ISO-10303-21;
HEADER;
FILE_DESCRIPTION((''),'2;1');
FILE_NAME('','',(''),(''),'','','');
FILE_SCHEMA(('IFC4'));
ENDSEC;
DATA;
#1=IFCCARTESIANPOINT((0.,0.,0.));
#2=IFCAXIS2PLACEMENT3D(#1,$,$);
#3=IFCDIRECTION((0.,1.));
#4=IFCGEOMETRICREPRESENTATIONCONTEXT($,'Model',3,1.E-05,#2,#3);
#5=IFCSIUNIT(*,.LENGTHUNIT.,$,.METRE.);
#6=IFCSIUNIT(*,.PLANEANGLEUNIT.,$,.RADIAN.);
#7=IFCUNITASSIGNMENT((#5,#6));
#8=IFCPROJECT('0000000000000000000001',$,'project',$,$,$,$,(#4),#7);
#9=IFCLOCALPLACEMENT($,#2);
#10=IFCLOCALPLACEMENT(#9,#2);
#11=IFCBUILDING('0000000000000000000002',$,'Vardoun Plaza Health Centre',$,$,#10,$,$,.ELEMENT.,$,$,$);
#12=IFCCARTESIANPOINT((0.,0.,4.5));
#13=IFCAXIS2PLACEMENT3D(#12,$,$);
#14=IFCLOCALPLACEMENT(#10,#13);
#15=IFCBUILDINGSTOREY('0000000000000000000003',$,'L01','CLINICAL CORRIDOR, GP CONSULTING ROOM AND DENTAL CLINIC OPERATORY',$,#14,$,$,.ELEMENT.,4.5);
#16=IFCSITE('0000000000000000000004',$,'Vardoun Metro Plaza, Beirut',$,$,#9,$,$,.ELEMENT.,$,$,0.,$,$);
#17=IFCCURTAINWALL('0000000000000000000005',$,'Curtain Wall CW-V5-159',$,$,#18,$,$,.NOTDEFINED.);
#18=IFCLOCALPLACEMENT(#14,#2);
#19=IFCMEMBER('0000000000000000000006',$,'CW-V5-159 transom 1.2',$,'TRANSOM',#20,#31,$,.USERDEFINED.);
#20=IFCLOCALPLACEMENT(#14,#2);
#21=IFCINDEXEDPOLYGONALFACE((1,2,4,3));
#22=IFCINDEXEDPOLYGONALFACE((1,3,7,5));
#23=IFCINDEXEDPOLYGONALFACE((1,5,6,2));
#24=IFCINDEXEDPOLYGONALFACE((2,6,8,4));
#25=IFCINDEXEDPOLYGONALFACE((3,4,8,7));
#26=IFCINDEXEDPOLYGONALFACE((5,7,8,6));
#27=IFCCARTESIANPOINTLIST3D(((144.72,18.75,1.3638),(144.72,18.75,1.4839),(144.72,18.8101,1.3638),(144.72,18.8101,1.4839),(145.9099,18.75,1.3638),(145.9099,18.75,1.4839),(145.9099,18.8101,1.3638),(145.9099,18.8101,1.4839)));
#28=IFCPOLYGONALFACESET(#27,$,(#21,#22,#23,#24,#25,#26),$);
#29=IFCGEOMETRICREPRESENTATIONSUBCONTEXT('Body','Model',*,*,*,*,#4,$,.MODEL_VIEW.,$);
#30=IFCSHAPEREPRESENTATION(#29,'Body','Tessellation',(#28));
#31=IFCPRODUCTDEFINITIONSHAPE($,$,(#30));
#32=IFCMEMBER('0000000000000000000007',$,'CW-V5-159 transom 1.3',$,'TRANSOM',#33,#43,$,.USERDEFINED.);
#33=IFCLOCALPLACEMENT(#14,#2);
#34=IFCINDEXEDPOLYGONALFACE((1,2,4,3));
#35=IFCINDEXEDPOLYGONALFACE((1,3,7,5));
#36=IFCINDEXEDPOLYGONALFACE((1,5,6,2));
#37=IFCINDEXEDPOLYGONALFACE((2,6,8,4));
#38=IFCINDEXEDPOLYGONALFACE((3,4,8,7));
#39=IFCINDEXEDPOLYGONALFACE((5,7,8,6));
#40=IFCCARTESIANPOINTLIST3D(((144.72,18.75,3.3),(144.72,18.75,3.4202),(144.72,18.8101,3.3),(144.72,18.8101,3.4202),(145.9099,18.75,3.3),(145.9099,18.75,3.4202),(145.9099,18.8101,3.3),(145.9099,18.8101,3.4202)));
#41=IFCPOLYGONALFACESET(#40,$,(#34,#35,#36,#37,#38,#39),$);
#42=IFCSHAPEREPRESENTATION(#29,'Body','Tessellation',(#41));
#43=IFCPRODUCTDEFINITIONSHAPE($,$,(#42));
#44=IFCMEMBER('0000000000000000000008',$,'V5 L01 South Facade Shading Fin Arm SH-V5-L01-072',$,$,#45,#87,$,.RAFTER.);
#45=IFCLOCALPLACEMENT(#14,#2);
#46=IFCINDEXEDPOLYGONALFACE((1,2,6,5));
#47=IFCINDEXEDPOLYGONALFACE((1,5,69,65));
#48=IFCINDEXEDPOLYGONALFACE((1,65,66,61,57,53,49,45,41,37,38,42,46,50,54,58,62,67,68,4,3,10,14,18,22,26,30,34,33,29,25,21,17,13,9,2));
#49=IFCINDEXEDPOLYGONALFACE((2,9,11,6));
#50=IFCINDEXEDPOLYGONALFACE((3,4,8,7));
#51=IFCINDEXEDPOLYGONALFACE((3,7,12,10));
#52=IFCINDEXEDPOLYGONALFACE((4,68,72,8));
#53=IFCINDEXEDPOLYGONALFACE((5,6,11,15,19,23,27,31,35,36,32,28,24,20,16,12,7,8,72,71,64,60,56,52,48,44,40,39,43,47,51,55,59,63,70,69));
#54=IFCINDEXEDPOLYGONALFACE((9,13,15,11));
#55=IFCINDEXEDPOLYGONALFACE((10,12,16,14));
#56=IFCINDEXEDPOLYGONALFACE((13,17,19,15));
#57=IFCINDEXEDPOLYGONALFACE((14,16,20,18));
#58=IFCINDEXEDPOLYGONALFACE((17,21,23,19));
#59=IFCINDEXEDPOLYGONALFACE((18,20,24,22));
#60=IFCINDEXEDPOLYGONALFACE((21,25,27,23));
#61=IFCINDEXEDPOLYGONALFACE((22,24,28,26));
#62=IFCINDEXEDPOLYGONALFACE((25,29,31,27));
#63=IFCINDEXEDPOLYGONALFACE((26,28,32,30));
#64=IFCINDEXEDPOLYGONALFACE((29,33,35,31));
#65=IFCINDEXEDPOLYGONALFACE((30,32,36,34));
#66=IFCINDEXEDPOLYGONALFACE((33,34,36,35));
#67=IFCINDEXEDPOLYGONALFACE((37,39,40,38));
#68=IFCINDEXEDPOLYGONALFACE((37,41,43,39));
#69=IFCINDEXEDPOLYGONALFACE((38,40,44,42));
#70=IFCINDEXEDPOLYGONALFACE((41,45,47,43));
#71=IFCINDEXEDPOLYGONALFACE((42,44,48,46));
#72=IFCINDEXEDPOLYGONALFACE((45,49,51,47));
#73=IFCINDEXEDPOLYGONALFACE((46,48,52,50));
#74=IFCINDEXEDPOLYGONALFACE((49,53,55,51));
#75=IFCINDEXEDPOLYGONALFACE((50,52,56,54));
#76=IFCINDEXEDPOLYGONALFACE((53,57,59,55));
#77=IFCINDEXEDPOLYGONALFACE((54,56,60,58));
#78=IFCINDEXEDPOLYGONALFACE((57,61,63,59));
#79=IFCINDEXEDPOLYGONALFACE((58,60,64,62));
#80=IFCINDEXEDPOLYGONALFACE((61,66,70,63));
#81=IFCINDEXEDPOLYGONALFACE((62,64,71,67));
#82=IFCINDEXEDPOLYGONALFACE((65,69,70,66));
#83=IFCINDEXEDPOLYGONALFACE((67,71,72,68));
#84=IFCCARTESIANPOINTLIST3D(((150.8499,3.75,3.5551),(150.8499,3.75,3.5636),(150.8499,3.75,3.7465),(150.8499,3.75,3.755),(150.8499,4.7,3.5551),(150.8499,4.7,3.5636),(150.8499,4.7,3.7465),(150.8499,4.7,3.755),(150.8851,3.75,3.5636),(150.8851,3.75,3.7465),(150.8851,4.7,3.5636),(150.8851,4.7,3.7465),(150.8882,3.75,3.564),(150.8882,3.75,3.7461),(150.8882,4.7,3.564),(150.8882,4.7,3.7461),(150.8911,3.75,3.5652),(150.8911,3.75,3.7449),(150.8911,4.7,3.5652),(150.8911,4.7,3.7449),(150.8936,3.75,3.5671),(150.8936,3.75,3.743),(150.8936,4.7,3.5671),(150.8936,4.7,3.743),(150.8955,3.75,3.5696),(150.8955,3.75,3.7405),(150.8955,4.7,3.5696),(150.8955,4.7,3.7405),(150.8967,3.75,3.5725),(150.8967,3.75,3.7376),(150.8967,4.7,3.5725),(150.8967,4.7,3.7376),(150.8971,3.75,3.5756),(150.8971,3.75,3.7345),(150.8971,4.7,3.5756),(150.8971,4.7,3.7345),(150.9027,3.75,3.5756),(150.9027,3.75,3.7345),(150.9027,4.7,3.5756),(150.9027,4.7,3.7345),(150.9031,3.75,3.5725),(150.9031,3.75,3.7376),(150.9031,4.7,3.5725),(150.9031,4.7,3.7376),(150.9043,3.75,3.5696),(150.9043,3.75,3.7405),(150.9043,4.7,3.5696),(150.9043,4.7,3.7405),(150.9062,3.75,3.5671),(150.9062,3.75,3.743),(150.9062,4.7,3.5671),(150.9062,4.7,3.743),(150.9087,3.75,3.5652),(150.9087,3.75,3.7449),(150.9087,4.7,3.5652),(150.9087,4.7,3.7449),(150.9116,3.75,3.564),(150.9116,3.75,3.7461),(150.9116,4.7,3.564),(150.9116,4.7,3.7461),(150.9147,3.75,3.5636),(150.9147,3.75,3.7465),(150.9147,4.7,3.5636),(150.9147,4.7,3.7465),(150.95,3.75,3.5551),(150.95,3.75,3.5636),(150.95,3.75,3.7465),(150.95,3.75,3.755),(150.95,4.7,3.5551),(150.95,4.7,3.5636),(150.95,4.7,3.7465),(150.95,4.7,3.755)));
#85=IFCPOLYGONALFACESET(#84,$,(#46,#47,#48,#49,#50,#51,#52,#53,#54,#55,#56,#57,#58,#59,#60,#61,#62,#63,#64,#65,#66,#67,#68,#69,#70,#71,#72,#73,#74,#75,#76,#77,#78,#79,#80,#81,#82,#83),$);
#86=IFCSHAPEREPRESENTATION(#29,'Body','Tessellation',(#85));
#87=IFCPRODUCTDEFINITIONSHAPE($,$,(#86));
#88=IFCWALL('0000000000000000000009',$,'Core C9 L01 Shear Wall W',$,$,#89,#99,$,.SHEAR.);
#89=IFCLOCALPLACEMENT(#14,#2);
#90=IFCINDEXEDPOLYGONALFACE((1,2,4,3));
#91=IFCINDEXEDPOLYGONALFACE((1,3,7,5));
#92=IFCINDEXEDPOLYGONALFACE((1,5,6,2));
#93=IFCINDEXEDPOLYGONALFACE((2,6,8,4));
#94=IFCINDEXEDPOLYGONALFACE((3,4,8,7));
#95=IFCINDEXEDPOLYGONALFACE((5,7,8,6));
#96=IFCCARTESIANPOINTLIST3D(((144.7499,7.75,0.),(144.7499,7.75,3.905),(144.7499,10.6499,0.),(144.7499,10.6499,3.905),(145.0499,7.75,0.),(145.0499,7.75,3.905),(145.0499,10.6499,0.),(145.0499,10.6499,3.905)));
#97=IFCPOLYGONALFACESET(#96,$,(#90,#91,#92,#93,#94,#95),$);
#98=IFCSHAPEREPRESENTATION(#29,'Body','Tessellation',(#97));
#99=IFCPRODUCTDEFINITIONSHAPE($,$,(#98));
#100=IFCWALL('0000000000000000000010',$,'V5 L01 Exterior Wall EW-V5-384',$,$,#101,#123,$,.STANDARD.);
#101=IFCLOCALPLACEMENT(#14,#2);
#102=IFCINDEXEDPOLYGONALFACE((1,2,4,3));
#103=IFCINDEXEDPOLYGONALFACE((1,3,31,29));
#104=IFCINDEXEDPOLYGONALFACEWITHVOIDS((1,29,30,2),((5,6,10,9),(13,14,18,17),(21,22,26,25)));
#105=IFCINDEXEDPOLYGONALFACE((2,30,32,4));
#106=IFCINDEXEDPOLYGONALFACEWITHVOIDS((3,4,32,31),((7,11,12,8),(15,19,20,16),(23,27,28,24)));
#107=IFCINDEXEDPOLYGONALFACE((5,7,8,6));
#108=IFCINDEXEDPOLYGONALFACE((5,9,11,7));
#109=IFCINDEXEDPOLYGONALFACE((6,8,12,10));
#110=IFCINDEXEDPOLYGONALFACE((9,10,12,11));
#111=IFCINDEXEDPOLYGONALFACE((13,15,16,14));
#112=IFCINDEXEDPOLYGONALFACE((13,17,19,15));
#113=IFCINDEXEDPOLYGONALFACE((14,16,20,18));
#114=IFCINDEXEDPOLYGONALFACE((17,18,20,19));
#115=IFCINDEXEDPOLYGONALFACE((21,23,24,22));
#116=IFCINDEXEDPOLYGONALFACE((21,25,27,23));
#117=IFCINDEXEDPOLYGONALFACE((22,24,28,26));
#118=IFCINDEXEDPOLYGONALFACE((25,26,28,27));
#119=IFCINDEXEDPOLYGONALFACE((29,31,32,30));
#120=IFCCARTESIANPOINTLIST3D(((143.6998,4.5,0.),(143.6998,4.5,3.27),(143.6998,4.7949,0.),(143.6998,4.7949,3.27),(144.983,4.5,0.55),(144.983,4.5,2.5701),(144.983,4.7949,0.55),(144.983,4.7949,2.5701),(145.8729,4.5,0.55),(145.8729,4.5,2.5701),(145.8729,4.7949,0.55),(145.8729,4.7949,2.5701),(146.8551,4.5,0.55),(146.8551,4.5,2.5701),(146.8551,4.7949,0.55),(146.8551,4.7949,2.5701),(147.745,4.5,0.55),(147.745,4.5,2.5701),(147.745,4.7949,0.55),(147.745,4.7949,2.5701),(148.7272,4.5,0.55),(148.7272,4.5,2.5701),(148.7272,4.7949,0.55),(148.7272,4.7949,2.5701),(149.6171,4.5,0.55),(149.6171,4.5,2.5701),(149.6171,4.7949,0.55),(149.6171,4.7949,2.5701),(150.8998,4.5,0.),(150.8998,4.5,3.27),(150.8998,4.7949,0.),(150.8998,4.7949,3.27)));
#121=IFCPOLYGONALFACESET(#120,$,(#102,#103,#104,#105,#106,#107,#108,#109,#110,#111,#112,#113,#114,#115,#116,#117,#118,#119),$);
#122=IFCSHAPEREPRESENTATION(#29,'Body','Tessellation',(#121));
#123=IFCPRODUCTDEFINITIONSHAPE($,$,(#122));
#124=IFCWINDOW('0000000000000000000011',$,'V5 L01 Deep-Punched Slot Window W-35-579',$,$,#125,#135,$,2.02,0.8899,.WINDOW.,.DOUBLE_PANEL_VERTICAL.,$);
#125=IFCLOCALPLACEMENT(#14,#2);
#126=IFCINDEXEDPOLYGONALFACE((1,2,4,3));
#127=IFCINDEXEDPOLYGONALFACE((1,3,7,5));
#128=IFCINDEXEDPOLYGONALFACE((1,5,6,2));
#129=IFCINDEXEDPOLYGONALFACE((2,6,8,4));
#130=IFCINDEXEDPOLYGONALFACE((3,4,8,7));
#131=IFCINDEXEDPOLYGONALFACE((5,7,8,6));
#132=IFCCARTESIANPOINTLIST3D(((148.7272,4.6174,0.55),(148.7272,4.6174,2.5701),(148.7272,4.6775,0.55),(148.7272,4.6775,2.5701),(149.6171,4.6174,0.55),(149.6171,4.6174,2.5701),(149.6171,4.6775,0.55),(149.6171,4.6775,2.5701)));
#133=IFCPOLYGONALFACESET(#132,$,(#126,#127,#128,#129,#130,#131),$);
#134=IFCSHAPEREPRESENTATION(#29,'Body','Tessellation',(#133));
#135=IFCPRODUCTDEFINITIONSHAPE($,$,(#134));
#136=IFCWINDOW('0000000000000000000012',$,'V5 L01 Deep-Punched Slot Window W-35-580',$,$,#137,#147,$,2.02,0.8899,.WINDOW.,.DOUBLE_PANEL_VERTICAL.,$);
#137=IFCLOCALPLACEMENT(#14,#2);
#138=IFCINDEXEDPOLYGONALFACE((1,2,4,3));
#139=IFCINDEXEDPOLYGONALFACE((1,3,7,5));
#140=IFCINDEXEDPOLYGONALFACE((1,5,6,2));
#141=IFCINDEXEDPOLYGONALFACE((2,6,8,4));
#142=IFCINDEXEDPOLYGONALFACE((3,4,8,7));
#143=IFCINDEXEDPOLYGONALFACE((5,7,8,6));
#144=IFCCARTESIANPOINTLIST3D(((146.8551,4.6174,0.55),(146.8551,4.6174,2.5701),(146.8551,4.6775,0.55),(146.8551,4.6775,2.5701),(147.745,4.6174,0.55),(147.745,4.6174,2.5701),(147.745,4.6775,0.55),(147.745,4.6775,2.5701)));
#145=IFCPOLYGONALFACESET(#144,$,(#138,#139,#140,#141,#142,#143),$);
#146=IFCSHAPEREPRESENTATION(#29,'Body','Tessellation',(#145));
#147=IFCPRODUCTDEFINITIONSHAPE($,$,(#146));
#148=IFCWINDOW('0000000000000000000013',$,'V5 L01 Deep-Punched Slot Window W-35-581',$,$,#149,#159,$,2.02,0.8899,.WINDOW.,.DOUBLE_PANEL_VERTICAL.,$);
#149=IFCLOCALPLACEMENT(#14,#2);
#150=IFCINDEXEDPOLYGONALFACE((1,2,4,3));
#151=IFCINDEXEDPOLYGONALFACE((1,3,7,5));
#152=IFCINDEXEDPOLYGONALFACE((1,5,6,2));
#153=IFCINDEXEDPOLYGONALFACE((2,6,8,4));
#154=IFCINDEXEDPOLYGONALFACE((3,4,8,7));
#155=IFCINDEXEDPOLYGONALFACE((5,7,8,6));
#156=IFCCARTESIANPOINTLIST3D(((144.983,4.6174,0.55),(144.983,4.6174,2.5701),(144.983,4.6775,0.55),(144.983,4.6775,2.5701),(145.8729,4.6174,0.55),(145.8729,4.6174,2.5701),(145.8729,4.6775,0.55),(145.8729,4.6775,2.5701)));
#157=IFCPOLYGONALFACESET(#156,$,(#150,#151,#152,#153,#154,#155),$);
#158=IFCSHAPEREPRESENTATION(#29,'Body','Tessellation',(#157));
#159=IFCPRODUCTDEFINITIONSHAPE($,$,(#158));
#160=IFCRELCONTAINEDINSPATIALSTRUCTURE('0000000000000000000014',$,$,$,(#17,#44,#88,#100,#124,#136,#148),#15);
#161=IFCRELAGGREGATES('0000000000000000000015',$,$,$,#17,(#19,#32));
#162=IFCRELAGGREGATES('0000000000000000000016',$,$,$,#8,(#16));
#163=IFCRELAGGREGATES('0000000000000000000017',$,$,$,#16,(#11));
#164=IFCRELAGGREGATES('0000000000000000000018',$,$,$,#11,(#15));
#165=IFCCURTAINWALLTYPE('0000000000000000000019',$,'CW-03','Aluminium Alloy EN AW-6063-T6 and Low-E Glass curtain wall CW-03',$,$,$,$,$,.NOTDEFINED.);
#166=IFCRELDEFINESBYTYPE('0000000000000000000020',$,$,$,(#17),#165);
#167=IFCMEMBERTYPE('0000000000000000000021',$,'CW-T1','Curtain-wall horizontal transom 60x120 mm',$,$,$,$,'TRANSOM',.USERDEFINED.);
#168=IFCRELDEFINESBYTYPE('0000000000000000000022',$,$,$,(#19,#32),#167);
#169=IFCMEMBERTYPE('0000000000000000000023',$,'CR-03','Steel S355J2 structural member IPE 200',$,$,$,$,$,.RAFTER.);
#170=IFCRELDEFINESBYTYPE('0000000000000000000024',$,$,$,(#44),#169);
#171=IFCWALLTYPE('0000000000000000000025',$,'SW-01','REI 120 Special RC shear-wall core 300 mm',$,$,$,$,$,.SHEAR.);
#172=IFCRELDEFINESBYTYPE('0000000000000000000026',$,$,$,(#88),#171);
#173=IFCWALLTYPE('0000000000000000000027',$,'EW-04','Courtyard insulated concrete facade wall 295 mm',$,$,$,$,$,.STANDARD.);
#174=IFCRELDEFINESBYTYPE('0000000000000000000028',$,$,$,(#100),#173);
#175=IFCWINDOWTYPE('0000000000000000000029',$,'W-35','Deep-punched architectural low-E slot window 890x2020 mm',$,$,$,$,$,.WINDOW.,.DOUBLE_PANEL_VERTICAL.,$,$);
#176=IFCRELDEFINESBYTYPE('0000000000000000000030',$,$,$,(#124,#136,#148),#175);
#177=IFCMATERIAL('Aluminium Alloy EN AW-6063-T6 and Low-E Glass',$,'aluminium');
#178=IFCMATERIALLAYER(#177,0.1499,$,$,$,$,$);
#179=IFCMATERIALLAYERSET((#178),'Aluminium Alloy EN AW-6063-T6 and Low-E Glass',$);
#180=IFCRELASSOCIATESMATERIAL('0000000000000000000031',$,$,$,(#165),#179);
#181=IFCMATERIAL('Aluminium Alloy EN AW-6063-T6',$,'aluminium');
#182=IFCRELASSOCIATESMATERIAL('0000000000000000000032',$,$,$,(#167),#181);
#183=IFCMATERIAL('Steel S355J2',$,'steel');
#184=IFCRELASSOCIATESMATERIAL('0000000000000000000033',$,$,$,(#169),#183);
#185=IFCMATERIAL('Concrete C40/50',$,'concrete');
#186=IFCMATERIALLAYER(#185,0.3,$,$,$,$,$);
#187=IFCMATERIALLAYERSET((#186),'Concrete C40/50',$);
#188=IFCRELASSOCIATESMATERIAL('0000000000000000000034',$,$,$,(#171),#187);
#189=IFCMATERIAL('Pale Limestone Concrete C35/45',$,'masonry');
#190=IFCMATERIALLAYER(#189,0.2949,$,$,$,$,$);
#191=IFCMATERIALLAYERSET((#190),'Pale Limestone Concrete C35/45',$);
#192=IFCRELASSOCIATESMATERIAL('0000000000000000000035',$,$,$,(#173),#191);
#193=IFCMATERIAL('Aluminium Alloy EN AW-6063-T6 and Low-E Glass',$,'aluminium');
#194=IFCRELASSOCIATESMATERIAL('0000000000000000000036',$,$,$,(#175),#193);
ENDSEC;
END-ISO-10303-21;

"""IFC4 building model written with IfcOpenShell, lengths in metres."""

from ifc_helpers import new_model, si_unit, direction, frame, frame_2d, origin, origin_2d, place, context, subcontext, project, spatial, rectangle, i_section, extrude, material, layer, layer_set, material_profile, profile_set, type_object, element, fill, aggregate, save


model = new_model("IFC4")

# Units and contexts
model_context = context("Model", 3, precision=1e-05, world=origin(), true_north=direction((0.0, 1.0)))
body_context = subcontext(model_context, "Body", "Model", "MODEL_VIEW")
ifc_project = project(units=[si_unit("LENGTHUNIT", "METRE"), si_unit("PLANEANGLEUNIT", "RADIAN")], contexts=[model_context])

# Site, building, storey
site_placement = place(None, origin())
site = spatial("IfcSite", under=ifc_project, at=site_placement, Name="Vardoun Metro Plaza, Beirut", CompositionType="ELEMENT", RefElevation=0.0)
building_placement = place(site_placement, origin())
building = spatial("IfcBuilding", under=site, at=building_placement, Name="Vardoun Plaza Health Centre", CompositionType="ELEMENT")
storey_placement = place(building_placement, frame((0.0, 0.0, 4.5)))
storey = spatial("IfcBuildingStorey", under=building, at=storey_placement, Name="L01", Description="CLINICAL CORRIDOR, GP CONSULTING ROOM AND DENTAL CLINIC OPERATORY", CompositionType="ELEMENT", Elevation=4.5)

# Curtain wall, members
ifc_material_1 = material(Name="Aluminium Alloy EN AW-6063-T6 and Low-E Glass", Category="aluminium")
ifc_layer_1 = layer(ifc_material_1, 0.1499)
ifc_layer_set_1 = layer_set([ifc_layer_1], Name="Aluminium Alloy EN AW-6063-T6 and Low-E Glass")
curtain_wall_type = type_object("IfcCurtainWallType", Name="CW-03", Description="Aluminium Alloy EN AW-6063-T6 and Low-E Glass curtain wall CW-03", PredefinedType="NOTDEFINED", material=ifc_layer_set_1)
curtain_wall_placement = place(storey_placement, origin())
curtain_wall = element("IfcCurtainWall", 1, at=curtain_wall_placement, inside=storey, type_object=curtain_wall_type, Name="Curtain Wall CW-V5-159", PredefinedType="NOTDEFINED")
ifc_material_2 = material(Name="Aluminium Alloy EN AW-6063-T6", Category="aluminium")
ifc_material_profile_1 = material_profile(ifc_material_2, rectangle(XDim=0.0601, YDim=0.1201, at=origin_2d()), Name="CWT 60x120")
ifc_profile_set_1 = profile_set([ifc_material_profile_1], Name="Aluminium Alloy EN AW-6063-T6")
member_type_1 = type_object("IfcMemberType", Name="CW-T1", Description="Curtain-wall horizontal transom 60x120 mm", ElementType="TRANSOM", PredefinedType="USERDEFINED", material=ifc_profile_set_1)
member_1_placement = place(storey_placement, frame((144.72, 18.78, 1.4238), z_axis=(1.0, 0.0, 0.0), x_axis=(0.0, 1.0, 0.0)))
member_1 = element("IfcMember", 2, at=member_1_placement, type_object=member_type_1, Name="CW-V5-159 transom 1.2", ObjectType="TRANSOM", PredefinedType="USERDEFINED", context=body_context, shape_type="SweptSolid", body=[
    extrude(rectangle(XDim=0.0601, YDim=0.1201, at=origin_2d()), origin(), (0.0, 0.0, 1.0), 1.1899),
])
member_2_placement = place(storey_placement, frame((144.72, 18.78, 3.3601), z_axis=(1.0, 0.0, 0.0), x_axis=(0.0, 1.0, 0.0)))
member_2 = element("IfcMember", 3, at=member_2_placement, type_object=member_type_1, Name="CW-V5-159 transom 1.3", ObjectType="TRANSOM", PredefinedType="USERDEFINED", context=body_context, shape_type="SweptSolid", body=[
    extrude(rectangle(XDim=0.0601, YDim=0.1201, at=origin_2d()), origin(), (0.0, 0.0, 1.0), 1.1899),
])
aggregate(curtain_wall, [member_1, member_2])

# Member
ifc_material_3 = material(Name="Steel S355J2", Category="steel")
ifc_material_profile_2 = material_profile(ifc_material_3, i_section(OverallWidth=0.1001, OverallDepth=0.2, WebThickness=0.0056, FlangeThickness=0.0085, FilletRadius=0.012, at=origin_2d()), Name="IPE 200")
ifc_profile_set_2 = profile_set([ifc_material_profile_2], Name="Steel S355J2")
member_type_2 = type_object("IfcMemberType", Name="CR-03", Description="Steel S355J2 structural member IPE 200", PredefinedType="RAFTER", material=ifc_profile_set_2)
member_3_placement = place(storey_placement, frame((150.8999, 4.7, 3.655), z_axis=(0.0, -1.0, 0.0), x_axis=(1.0, 0.0, 0.0)))
element("IfcMember", 4, at=member_3_placement, inside=storey, type_object=member_type_2, Name="V5 L01 South Facade Shading Fin Arm SH-V5-L01-072", PredefinedType="RAFTER", context=body_context, shape_type="SweptSolid", body=[
    extrude(i_section(OverallWidth=0.1001, OverallDepth=0.2, WebThickness=0.0056, FlangeThickness=0.0085, FilletRadius=0.012, at=origin_2d()), origin(), (0.0, 0.0, 1.0), 0.95),
])

# Wall
ifc_material_4 = material(Name="Concrete C40/50", Category="concrete")
ifc_layer_2 = layer(ifc_material_4, 0.3)
ifc_layer_set_2 = layer_set([ifc_layer_2], Name="Concrete C40/50")
wall_type_1 = type_object("IfcWallType", Name="SW-01", Description="REI 120 Special RC shear-wall core 300 mm", PredefinedType="SHEAR", material=ifc_layer_set_2)
wall_1_placement = place(storey_placement, frame((144.8999, 7.75, 0.0), z_axis=(0.0, 0.0, 1.0), x_axis=(0.0, 1.0, 0.0)))
element("IfcWall", 5, at=wall_1_placement, inside=storey, type_object=wall_type_1, Name="Core C9 L01 Shear Wall W", PredefinedType="SHEAR", context=body_context, shape_type="SweptSolid", body=[
    extrude(rectangle(XDim=2.8999, YDim=0.3, at=frame_2d((1.45, 0.0))), origin(), (0.0, 0.0, 1.0), 3.905),
])

# Wall, openings, windows
ifc_material_5 = material(Name="Pale Limestone Concrete C35/45", Category="masonry")
ifc_layer_3 = layer(ifc_material_5, 0.2949)
ifc_layer_set_3 = layer_set([ifc_layer_3], Name="Pale Limestone Concrete C35/45")
wall_type_2 = type_object("IfcWallType", Name="EW-04", Description="Courtyard insulated concrete facade wall 295 mm", PredefinedType="STANDARD", material=ifc_layer_set_3)
wall_2_placement = place(storey_placement, frame((150.8999, 4.6475, 0.0), z_axis=(0.0, 0.0, 1.0), x_axis=(-1.0, 0.0, 0.0)))
wall_2 = element("IfcWall", 6, at=wall_2_placement, inside=storey, type_object=wall_type_2, Name="V5 L01 Exterior Wall EW-V5-384", PredefinedType="STANDARD", context=body_context, shape_type="SweptSolid", body=[
    extrude(rectangle(XDim=7.2, YDim=0.2949, at=frame_2d((3.6001, 0.0))), origin(), (0.0, 0.0, 1.0), 3.27),
])
opening_1_placement = place(wall_2_placement, frame((1.283, 0.0, 0.55)))
opening_1 = element("IfcOpeningElement", 7, at=opening_1_placement, cuts=wall_2, PredefinedType="OPENING", context=body_context, shape_type="SweptSolid", body=[
    extrude(rectangle(XDim=0.8899, YDim=2.02, at=frame_2d((0.4448, 1.01))), frame((0.0, 0.1475, 0.0), z_axis=(0.0, -1.0, 0.0), x_axis=(1.0, 0.0, 0.0)), (0.0, 0.0, 1.0), 0.2949),
])
opening_2_placement = place(wall_2_placement, frame((3.155, 0.0, 0.55)))
opening_2 = element("IfcOpeningElement", 8, at=opening_2_placement, cuts=wall_2, PredefinedType="OPENING", context=body_context, shape_type="SweptSolid", body=[
    extrude(rectangle(XDim=0.8899, YDim=2.02, at=frame_2d((0.4448, 1.01))), frame((0.0, 0.1475, 0.0), z_axis=(0.0, -1.0, 0.0), x_axis=(1.0, 0.0, 0.0)), (0.0, 0.0, 1.0), 0.2949),
])
opening_3_placement = place(wall_2_placement, frame((5.0271, 0.0, 0.55)))
opening_3 = element("IfcOpeningElement", 9, at=opening_3_placement, cuts=wall_2, PredefinedType="OPENING", context=body_context, shape_type="SweptSolid", body=[
    extrude(rectangle(XDim=0.8899, YDim=2.02, at=frame_2d((0.4448, 1.01))), frame((0.0, 0.1475, 0.0), z_axis=(0.0, -1.0, 0.0), x_axis=(1.0, 0.0, 0.0)), (0.0, 0.0, 1.0), 0.2949),
])
ifc_material_6 = material(Name="Aluminium Alloy EN AW-6063-T6 and Low-E Glass", Category="aluminium")
window_type = type_object("IfcWindowType", Name="W-35", Description="Deep-punched architectural low-E slot window 890x2020 mm", PartitioningType="DOUBLE_PANEL_VERTICAL", PredefinedType="WINDOW", material=ifc_material_6)
window_1_placement = place(opening_1_placement, origin())
window_1 = element("IfcWindow", 10, at=window_1_placement, inside=storey, type_object=window_type, Name="V5 L01 Deep-Punched Slot Window W-35-579", OverallHeight=2.02, OverallWidth=0.8899, PartitioningType="DOUBLE_PANEL_VERTICAL", PredefinedType="WINDOW", context=body_context, shape_type="SweptSolid", body=[
    extrude(rectangle(XDim=0.8899, YDim=2.02, at=frame_2d((0.4448, 1.01))), frame((0.0, 0.03, 0.0), z_axis=(0.0, -1.0, 0.0), x_axis=(1.0, 0.0, 0.0)), (0.0, 0.0, 1.0), 0.0601),
])
fill(opening_1, window_1)
window_2_placement = place(opening_2_placement, origin())
window_2 = element("IfcWindow", 11, at=window_2_placement, inside=storey, type_object=window_type, Name="V5 L01 Deep-Punched Slot Window W-35-580", OverallHeight=2.02, OverallWidth=0.8899, PartitioningType="DOUBLE_PANEL_VERTICAL", PredefinedType="WINDOW", context=body_context, shape_type="SweptSolid", body=[
    extrude(rectangle(XDim=0.8899, YDim=2.02, at=frame_2d((0.4448, 1.01))), frame((0.0, 0.03, 0.0), z_axis=(0.0, -1.0, 0.0), x_axis=(1.0, 0.0, 0.0)), (0.0, 0.0, 1.0), 0.0601),
])
fill(opening_2, window_2)
window_3_placement = place(opening_3_placement, origin())
window_3 = element("IfcWindow", 12, at=window_3_placement, inside=storey, type_object=window_type, Name="V5 L01 Deep-Punched Slot Window W-35-581", OverallHeight=2.02, OverallWidth=0.8899, PartitioningType="DOUBLE_PANEL_VERTICAL", PredefinedType="WINDOW", context=body_context, shape_type="SweptSolid", body=[
    extrude(rectangle(XDim=0.8899, YDim=2.02, at=frame_2d((0.4448, 1.01))), frame((0.0, 0.03, 0.0), z_axis=(0.0, -1.0, 0.0), x_axis=(1.0, 0.0, 0.0)), (0.0, 0.0, 1.0), 0.0601),
])
fill(opening_3, window_3)

save(model, "model.ifc")
